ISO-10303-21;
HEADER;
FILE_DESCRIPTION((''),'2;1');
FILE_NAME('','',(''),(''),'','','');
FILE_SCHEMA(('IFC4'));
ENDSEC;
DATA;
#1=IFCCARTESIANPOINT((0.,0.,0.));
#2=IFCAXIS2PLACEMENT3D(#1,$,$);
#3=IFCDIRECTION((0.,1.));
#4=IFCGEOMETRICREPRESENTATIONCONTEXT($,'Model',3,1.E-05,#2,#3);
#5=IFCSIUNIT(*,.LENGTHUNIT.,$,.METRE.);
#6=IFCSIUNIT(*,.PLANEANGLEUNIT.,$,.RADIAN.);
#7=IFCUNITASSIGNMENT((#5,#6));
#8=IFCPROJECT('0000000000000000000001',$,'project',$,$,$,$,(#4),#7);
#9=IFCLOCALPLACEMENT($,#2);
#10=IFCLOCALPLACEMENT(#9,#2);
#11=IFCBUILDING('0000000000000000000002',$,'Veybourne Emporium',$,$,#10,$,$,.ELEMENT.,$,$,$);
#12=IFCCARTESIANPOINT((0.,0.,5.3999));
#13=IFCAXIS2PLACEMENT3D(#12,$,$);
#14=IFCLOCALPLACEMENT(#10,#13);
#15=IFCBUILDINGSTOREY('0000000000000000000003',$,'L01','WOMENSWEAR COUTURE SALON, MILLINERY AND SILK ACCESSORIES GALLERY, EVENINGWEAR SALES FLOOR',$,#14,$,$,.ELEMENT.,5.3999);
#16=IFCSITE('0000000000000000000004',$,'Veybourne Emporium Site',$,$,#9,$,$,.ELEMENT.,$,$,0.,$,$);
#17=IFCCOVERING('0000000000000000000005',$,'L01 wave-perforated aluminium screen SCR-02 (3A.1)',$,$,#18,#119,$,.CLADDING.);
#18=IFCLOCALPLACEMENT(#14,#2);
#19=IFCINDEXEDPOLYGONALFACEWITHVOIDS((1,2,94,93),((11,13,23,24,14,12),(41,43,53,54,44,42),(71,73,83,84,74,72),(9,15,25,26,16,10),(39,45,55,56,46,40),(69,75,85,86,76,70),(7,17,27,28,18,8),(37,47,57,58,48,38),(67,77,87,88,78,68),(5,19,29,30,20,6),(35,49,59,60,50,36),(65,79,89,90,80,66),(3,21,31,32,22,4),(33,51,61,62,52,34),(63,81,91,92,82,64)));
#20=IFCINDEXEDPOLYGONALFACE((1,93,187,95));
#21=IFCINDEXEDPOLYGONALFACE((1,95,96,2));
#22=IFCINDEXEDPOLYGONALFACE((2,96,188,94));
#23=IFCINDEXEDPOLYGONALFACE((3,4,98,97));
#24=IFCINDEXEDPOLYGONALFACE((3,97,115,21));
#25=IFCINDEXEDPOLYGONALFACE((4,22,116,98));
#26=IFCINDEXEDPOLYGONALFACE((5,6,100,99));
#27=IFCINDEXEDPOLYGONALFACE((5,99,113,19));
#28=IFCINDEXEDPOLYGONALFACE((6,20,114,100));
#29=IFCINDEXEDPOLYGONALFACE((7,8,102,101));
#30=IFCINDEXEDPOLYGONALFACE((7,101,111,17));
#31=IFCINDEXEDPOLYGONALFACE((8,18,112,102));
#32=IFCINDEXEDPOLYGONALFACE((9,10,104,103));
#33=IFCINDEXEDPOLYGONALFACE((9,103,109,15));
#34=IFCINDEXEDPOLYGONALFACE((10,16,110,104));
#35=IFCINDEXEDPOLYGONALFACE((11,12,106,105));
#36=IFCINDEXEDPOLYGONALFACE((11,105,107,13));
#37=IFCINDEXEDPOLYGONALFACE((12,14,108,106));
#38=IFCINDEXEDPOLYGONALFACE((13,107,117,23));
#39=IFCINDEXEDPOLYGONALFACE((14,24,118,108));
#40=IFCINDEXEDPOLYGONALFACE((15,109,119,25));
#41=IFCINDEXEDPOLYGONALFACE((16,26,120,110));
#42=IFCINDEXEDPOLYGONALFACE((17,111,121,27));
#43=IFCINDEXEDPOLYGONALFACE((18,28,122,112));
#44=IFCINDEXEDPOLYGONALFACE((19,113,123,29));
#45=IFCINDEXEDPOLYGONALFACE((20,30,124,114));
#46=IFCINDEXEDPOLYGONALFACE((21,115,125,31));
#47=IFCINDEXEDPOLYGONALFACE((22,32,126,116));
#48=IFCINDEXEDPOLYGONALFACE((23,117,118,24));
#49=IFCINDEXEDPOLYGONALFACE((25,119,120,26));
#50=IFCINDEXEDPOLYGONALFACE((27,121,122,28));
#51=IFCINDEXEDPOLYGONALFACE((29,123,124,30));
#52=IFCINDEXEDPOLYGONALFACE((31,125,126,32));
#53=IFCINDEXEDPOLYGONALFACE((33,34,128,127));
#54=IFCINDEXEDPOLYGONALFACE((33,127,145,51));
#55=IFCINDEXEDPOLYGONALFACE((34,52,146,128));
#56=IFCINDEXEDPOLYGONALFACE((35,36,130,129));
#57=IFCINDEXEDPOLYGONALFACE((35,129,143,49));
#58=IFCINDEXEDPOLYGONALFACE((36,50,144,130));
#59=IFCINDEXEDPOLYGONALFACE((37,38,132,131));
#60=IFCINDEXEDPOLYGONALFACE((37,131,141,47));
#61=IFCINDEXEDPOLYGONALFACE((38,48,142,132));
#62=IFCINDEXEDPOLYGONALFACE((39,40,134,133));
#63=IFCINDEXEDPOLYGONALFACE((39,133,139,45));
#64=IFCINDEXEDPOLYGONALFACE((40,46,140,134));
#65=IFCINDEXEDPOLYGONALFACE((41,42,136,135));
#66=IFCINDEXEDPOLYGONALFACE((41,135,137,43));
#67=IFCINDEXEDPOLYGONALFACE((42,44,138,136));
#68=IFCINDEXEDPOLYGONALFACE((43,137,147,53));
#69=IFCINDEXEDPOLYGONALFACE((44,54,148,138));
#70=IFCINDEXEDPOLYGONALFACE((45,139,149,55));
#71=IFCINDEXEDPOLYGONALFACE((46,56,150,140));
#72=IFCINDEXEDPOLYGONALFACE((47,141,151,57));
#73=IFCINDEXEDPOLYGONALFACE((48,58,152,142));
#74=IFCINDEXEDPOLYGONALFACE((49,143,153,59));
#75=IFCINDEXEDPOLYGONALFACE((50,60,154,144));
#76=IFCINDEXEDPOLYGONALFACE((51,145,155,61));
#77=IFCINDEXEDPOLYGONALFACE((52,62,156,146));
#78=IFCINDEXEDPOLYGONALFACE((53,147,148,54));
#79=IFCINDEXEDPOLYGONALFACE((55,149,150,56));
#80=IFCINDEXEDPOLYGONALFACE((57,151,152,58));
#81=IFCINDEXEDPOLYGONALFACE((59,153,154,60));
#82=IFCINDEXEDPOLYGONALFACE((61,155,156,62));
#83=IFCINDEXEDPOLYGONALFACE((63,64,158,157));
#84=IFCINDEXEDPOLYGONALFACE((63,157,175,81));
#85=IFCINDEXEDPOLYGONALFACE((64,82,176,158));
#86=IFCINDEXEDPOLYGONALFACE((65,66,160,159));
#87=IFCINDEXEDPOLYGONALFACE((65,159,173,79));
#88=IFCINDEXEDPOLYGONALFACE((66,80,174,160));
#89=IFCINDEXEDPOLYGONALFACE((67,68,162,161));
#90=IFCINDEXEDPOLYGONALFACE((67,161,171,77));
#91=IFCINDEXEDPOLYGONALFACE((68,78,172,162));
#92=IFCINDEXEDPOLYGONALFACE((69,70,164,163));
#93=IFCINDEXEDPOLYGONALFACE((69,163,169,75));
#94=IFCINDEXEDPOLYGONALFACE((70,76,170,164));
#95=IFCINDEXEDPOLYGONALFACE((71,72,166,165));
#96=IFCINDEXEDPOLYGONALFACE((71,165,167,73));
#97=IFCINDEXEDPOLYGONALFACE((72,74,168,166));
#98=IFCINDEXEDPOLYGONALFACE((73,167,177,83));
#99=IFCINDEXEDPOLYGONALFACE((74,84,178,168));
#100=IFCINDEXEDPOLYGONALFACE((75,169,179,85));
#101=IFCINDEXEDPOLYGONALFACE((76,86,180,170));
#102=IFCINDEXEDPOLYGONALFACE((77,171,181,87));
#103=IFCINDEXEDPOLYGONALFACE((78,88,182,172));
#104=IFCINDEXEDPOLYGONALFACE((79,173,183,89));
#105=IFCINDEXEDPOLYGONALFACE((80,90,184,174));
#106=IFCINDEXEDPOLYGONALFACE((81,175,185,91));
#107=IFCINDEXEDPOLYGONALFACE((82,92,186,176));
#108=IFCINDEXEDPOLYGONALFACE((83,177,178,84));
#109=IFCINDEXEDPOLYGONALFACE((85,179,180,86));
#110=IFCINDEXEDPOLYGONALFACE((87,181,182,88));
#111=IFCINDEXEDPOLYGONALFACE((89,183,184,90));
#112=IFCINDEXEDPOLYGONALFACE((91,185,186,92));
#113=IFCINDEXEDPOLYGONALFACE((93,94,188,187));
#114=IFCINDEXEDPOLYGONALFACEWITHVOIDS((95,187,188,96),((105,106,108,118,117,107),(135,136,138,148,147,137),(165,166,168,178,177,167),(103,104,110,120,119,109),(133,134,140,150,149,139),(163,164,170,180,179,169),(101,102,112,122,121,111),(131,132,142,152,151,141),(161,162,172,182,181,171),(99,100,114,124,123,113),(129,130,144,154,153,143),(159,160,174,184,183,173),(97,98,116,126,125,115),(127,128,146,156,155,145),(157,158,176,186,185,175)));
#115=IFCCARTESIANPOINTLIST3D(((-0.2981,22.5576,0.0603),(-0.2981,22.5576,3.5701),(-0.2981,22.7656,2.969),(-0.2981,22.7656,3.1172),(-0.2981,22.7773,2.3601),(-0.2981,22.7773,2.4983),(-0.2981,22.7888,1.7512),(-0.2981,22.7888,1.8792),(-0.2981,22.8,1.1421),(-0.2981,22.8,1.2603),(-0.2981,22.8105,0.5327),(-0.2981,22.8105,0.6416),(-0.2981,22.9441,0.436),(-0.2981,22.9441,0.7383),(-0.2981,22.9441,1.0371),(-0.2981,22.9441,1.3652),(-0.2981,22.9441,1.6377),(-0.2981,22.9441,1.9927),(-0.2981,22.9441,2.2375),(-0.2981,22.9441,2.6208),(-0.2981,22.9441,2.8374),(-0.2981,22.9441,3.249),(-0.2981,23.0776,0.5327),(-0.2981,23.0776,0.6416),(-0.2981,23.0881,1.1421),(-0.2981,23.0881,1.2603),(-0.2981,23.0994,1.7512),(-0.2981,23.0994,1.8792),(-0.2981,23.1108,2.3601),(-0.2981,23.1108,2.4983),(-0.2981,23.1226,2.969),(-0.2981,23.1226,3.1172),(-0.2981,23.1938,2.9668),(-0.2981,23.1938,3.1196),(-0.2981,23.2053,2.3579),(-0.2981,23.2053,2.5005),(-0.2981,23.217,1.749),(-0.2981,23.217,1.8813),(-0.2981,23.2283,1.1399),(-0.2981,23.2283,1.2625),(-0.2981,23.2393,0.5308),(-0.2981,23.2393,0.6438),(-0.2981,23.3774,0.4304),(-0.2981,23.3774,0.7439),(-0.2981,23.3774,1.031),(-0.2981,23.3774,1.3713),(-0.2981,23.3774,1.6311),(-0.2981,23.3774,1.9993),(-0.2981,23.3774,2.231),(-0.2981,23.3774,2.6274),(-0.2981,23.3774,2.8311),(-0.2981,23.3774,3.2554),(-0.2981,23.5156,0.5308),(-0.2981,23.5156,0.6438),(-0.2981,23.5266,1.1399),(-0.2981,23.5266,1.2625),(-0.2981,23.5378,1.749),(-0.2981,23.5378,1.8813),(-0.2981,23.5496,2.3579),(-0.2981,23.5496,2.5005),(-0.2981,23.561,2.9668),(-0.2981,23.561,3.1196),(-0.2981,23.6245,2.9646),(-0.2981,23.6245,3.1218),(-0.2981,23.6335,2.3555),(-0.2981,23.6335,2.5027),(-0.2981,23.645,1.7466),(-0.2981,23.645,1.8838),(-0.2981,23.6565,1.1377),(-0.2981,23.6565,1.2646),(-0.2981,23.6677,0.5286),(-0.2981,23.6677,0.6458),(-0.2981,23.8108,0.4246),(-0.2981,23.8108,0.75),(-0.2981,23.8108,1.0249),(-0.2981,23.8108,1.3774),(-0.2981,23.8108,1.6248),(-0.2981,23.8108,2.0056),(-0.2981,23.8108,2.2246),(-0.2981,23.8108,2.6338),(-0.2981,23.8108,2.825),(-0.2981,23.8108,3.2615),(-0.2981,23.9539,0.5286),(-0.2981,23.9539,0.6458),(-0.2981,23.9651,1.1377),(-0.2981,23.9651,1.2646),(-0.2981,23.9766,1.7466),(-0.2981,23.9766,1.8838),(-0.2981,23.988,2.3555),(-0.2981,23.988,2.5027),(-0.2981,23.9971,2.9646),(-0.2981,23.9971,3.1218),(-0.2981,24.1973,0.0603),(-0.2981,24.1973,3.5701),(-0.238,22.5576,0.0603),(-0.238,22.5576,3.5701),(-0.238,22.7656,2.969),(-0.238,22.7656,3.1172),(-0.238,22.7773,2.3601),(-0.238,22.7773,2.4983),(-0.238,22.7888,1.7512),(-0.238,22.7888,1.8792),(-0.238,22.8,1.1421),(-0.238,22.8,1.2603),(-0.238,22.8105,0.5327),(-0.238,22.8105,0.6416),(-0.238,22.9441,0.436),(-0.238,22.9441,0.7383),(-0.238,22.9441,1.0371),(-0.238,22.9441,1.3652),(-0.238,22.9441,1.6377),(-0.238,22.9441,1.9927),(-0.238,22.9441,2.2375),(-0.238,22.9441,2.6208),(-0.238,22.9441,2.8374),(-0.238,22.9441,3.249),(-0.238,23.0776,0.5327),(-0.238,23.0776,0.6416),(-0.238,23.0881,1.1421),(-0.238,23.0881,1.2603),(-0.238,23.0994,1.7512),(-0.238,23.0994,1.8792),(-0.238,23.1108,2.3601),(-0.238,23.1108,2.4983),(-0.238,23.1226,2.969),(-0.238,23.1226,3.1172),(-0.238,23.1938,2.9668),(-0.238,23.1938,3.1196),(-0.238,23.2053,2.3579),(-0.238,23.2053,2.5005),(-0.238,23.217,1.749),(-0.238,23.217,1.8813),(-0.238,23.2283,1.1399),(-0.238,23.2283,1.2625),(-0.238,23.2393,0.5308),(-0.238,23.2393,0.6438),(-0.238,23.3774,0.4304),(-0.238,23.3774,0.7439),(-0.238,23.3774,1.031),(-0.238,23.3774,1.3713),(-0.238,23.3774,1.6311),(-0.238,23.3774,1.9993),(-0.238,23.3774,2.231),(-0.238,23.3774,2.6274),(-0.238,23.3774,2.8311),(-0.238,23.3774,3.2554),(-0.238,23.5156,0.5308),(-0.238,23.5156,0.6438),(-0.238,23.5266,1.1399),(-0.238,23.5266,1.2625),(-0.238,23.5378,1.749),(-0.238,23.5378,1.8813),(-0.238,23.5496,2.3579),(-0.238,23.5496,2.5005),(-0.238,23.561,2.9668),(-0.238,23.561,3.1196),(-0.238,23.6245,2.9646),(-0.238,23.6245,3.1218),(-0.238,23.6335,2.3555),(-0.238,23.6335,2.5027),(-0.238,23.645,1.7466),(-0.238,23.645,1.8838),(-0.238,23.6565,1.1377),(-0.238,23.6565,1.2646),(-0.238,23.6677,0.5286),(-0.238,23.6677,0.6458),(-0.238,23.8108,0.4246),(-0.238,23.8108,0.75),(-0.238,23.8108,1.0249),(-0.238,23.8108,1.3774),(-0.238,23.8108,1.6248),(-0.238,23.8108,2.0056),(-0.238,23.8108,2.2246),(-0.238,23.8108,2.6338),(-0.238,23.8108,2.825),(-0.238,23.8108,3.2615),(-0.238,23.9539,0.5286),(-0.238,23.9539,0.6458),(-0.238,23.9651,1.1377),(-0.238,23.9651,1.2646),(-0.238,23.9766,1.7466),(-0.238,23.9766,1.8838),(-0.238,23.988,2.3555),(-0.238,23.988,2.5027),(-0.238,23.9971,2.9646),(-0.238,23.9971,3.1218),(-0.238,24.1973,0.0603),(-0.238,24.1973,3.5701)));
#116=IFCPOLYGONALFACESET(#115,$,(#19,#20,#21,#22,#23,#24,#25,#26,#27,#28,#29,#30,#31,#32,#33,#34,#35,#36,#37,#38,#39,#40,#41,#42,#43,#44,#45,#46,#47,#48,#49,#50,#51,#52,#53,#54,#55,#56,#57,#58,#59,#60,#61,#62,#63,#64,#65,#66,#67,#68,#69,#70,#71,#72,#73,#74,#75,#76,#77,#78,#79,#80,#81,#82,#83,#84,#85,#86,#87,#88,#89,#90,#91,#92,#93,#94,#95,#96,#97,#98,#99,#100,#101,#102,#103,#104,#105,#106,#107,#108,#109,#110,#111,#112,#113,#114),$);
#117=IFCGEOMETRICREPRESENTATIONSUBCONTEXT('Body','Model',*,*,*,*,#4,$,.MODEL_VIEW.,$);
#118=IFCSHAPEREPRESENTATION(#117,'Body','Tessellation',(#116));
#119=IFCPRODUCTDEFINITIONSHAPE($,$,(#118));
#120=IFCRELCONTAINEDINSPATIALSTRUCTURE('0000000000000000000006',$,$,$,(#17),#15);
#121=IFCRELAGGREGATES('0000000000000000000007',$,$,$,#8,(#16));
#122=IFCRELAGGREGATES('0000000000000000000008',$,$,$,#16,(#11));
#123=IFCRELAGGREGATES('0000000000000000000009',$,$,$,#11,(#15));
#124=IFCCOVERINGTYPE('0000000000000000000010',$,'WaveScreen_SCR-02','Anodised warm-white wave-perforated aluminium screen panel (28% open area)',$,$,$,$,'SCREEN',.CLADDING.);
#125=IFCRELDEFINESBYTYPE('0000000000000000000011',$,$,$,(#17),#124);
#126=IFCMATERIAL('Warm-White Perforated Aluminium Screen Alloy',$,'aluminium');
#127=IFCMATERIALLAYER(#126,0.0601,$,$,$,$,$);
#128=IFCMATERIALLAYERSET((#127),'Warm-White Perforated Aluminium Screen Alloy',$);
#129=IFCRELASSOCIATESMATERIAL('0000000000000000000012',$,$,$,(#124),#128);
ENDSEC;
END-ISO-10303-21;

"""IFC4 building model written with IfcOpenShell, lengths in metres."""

from ifc_helpers import new_model, si_unit, direction, frame, origin, place, context, subcontext, project, spatial, polyline, outline, extrude, material, layer, layer_set, type_object, element, save


model = new_model("IFC4")

# Units and contexts
model_context = context("Model", 3, precision=1e-05, world=origin(), true_north=direction((0.0, 1.0)))
body_context = subcontext(model_context, "Body", "Model", "MODEL_VIEW")
ifc_project = project(units=[si_unit("LENGTHUNIT", "METRE"), si_unit("PLANEANGLEUNIT", "RADIAN")], contexts=[model_context])

# Site, building, storey
site_placement = place(None, origin())
site = spatial("IfcSite", under=ifc_project, at=site_placement, Name="Veybourne Emporium Site", CompositionType="ELEMENT", RefElevation=0.0)
building_placement = place(site_placement, origin())
building = spatial("IfcBuilding", under=site, at=building_placement, Name="Veybourne Emporium", CompositionType="ELEMENT")
storey_placement = place(building_placement, frame((0.0, 0.0, 5.3999)))
storey = spatial("IfcBuildingStorey", under=building, at=storey_placement, Name="L01", Description="WOMENSWEAR COUTURE SALON, MILLINERY AND SILK ACCESSORIES GALLERY, EVENINGWEAR SALES FLOOR", CompositionType="ELEMENT", Elevation=5.3999)

# Covering
ifc_material_1 = material(Name="Warm-White Perforated Aluminium Screen Alloy", Category="aluminium")
ifc_layer_1 = layer(ifc_material_1, 0.0601)
ifc_layer_set_1 = layer_set([ifc_layer_1], Name="Warm-White Perforated Aluminium Screen Alloy")
covering_type_1 = type_object("IfcCoveringType", Name="WaveScreen_SCR-02", Description="Anodised warm-white wave-perforated aluminium screen panel (28% open area)", ElementType="SCREEN", PredefinedType="CLADDING", material=ifc_layer_set_1)
covering_1_placement = place(storey_placement, frame((-0.2981, 23.3774, 1.8152), z_axis=(1.0, 0.0, 0.0), x_axis=(0.0, 1.0, 0.0)))
element("IfcCovering", 1, at=covering_1_placement, inside=storey, type_object=covering_type_1, Name="L01 wave-perforated aluminium screen SCR-02 (3A.1)", PredefinedType="CLADDING", context=body_context, shape_type="SweptSolid", body=[
    extrude(outline(polyline([(-0.8198, -1.7549), (0.8198, -1.7549), (0.8198, 1.7549), (-0.8198, 1.7549), (-0.8198, -1.7549)]), holes=[polyline([(-0.4333, -1.0769), (-0.2998, -1.1736), (-0.2998, -1.2825), (-0.4333, -1.3792), (-0.5669, -1.2825), (-0.5669, -1.1736), (-0.4333, -1.0769)]), polyline([(-0.4333, -0.45), (-0.2893, -0.5549), (-0.2893, -0.6731), (-0.4333, -0.7781), (-0.5774, -0.6731), (-0.5774, -0.5549), (-0.4333, -0.45)]), polyline([(-0.4333, 0.1775), (-0.2781, 0.064), (-0.2781, -0.064), (-0.4333, -0.1775), (-0.5886, -0.064), (-0.5886, 0.064), (-0.4333, 0.1775)]), polyline([(-0.4333, 0.8057), (-0.2666, 0.6831), (-0.2666, 0.5449), (-0.4333, 0.4224), (-0.6001, 0.5449), (-0.6001, 0.6831), (-0.4333, 0.8057)]), polyline([(-0.4333, 1.4338), (-0.2549, 1.302), (-0.2549, 1.1538), (-0.4333, 1.0222), (-0.6118, 1.1538), (-0.6118, 1.302), (-0.4333, 1.4338)]), polyline([(0.0, -1.0713), (0.1382, -1.1714), (0.1382, -1.2844), (0.0, -1.3848), (-0.1382, -1.2844), (-0.1382, -1.1714), (0.0, -1.0713)]), polyline([(0.0, -0.4438), (0.1492, -0.5527), (0.1492, -0.6753), (0.0, -0.7842), (-0.1492, -0.6753), (-0.1492, -0.5527), (0.0, -0.4438)]), polyline([(0.0, 0.1841), (0.1604, 0.0662), (0.1604, -0.0662), (0.0, -0.1841), (-0.1604, -0.0662), (-0.1604, 0.0662), (0.0, 0.1841)]), polyline([(0.0, 0.8123), (0.1721, 0.6853), (0.1721, 0.5427), (0.0, 0.4158), (-0.1721, 0.5427), (-0.1721, 0.6853), (0.0, 0.8123)]), polyline([(0.0, 1.4402), (0.1836, 1.3044), (0.1836, 1.1516), (0.0, 1.0159), (-0.1836, 1.1516), (-0.1836, 1.3044), (0.0, 1.4402)]), polyline([(0.4333, -1.0652), (0.5764, -1.1694), (0.5764, -1.2866), (0.4333, -1.3906), (0.2903, -1.2866), (0.2903, -1.1694), (0.4333, -1.0652)]), polyline([(0.4333, -0.4377), (0.5876, -0.5505), (0.5876, -0.6775), (0.4333, -0.7903), (0.2791, -0.6775), (0.2791, -0.5505), (0.4333, -0.4377)]), polyline([(0.4333, 0.1904), (0.5991, 0.0686), (0.5991, -0.0686), (0.4333, -0.1904), (0.2676, -0.0686), (0.2676, 0.0686), (0.4333, 0.1904)]), polyline([(0.4333, 0.8186), (0.6106, 0.6875), (0.6106, 0.5403), (0.4333, 0.4094), (0.2561, 0.5403), (0.2561, 0.6875), (0.4333, 0.8186)]), polyline([(0.4333, 1.4463), (0.6196, 1.3066), (0.6196, 1.1494), (0.4333, 1.0098), (0.2471, 1.1494), (0.2471, 1.3066), (0.4333, 1.4463)])]), origin(), (0.0, 0.0, 1.0), 0.0601),
])

save(model, "model.ifc")
